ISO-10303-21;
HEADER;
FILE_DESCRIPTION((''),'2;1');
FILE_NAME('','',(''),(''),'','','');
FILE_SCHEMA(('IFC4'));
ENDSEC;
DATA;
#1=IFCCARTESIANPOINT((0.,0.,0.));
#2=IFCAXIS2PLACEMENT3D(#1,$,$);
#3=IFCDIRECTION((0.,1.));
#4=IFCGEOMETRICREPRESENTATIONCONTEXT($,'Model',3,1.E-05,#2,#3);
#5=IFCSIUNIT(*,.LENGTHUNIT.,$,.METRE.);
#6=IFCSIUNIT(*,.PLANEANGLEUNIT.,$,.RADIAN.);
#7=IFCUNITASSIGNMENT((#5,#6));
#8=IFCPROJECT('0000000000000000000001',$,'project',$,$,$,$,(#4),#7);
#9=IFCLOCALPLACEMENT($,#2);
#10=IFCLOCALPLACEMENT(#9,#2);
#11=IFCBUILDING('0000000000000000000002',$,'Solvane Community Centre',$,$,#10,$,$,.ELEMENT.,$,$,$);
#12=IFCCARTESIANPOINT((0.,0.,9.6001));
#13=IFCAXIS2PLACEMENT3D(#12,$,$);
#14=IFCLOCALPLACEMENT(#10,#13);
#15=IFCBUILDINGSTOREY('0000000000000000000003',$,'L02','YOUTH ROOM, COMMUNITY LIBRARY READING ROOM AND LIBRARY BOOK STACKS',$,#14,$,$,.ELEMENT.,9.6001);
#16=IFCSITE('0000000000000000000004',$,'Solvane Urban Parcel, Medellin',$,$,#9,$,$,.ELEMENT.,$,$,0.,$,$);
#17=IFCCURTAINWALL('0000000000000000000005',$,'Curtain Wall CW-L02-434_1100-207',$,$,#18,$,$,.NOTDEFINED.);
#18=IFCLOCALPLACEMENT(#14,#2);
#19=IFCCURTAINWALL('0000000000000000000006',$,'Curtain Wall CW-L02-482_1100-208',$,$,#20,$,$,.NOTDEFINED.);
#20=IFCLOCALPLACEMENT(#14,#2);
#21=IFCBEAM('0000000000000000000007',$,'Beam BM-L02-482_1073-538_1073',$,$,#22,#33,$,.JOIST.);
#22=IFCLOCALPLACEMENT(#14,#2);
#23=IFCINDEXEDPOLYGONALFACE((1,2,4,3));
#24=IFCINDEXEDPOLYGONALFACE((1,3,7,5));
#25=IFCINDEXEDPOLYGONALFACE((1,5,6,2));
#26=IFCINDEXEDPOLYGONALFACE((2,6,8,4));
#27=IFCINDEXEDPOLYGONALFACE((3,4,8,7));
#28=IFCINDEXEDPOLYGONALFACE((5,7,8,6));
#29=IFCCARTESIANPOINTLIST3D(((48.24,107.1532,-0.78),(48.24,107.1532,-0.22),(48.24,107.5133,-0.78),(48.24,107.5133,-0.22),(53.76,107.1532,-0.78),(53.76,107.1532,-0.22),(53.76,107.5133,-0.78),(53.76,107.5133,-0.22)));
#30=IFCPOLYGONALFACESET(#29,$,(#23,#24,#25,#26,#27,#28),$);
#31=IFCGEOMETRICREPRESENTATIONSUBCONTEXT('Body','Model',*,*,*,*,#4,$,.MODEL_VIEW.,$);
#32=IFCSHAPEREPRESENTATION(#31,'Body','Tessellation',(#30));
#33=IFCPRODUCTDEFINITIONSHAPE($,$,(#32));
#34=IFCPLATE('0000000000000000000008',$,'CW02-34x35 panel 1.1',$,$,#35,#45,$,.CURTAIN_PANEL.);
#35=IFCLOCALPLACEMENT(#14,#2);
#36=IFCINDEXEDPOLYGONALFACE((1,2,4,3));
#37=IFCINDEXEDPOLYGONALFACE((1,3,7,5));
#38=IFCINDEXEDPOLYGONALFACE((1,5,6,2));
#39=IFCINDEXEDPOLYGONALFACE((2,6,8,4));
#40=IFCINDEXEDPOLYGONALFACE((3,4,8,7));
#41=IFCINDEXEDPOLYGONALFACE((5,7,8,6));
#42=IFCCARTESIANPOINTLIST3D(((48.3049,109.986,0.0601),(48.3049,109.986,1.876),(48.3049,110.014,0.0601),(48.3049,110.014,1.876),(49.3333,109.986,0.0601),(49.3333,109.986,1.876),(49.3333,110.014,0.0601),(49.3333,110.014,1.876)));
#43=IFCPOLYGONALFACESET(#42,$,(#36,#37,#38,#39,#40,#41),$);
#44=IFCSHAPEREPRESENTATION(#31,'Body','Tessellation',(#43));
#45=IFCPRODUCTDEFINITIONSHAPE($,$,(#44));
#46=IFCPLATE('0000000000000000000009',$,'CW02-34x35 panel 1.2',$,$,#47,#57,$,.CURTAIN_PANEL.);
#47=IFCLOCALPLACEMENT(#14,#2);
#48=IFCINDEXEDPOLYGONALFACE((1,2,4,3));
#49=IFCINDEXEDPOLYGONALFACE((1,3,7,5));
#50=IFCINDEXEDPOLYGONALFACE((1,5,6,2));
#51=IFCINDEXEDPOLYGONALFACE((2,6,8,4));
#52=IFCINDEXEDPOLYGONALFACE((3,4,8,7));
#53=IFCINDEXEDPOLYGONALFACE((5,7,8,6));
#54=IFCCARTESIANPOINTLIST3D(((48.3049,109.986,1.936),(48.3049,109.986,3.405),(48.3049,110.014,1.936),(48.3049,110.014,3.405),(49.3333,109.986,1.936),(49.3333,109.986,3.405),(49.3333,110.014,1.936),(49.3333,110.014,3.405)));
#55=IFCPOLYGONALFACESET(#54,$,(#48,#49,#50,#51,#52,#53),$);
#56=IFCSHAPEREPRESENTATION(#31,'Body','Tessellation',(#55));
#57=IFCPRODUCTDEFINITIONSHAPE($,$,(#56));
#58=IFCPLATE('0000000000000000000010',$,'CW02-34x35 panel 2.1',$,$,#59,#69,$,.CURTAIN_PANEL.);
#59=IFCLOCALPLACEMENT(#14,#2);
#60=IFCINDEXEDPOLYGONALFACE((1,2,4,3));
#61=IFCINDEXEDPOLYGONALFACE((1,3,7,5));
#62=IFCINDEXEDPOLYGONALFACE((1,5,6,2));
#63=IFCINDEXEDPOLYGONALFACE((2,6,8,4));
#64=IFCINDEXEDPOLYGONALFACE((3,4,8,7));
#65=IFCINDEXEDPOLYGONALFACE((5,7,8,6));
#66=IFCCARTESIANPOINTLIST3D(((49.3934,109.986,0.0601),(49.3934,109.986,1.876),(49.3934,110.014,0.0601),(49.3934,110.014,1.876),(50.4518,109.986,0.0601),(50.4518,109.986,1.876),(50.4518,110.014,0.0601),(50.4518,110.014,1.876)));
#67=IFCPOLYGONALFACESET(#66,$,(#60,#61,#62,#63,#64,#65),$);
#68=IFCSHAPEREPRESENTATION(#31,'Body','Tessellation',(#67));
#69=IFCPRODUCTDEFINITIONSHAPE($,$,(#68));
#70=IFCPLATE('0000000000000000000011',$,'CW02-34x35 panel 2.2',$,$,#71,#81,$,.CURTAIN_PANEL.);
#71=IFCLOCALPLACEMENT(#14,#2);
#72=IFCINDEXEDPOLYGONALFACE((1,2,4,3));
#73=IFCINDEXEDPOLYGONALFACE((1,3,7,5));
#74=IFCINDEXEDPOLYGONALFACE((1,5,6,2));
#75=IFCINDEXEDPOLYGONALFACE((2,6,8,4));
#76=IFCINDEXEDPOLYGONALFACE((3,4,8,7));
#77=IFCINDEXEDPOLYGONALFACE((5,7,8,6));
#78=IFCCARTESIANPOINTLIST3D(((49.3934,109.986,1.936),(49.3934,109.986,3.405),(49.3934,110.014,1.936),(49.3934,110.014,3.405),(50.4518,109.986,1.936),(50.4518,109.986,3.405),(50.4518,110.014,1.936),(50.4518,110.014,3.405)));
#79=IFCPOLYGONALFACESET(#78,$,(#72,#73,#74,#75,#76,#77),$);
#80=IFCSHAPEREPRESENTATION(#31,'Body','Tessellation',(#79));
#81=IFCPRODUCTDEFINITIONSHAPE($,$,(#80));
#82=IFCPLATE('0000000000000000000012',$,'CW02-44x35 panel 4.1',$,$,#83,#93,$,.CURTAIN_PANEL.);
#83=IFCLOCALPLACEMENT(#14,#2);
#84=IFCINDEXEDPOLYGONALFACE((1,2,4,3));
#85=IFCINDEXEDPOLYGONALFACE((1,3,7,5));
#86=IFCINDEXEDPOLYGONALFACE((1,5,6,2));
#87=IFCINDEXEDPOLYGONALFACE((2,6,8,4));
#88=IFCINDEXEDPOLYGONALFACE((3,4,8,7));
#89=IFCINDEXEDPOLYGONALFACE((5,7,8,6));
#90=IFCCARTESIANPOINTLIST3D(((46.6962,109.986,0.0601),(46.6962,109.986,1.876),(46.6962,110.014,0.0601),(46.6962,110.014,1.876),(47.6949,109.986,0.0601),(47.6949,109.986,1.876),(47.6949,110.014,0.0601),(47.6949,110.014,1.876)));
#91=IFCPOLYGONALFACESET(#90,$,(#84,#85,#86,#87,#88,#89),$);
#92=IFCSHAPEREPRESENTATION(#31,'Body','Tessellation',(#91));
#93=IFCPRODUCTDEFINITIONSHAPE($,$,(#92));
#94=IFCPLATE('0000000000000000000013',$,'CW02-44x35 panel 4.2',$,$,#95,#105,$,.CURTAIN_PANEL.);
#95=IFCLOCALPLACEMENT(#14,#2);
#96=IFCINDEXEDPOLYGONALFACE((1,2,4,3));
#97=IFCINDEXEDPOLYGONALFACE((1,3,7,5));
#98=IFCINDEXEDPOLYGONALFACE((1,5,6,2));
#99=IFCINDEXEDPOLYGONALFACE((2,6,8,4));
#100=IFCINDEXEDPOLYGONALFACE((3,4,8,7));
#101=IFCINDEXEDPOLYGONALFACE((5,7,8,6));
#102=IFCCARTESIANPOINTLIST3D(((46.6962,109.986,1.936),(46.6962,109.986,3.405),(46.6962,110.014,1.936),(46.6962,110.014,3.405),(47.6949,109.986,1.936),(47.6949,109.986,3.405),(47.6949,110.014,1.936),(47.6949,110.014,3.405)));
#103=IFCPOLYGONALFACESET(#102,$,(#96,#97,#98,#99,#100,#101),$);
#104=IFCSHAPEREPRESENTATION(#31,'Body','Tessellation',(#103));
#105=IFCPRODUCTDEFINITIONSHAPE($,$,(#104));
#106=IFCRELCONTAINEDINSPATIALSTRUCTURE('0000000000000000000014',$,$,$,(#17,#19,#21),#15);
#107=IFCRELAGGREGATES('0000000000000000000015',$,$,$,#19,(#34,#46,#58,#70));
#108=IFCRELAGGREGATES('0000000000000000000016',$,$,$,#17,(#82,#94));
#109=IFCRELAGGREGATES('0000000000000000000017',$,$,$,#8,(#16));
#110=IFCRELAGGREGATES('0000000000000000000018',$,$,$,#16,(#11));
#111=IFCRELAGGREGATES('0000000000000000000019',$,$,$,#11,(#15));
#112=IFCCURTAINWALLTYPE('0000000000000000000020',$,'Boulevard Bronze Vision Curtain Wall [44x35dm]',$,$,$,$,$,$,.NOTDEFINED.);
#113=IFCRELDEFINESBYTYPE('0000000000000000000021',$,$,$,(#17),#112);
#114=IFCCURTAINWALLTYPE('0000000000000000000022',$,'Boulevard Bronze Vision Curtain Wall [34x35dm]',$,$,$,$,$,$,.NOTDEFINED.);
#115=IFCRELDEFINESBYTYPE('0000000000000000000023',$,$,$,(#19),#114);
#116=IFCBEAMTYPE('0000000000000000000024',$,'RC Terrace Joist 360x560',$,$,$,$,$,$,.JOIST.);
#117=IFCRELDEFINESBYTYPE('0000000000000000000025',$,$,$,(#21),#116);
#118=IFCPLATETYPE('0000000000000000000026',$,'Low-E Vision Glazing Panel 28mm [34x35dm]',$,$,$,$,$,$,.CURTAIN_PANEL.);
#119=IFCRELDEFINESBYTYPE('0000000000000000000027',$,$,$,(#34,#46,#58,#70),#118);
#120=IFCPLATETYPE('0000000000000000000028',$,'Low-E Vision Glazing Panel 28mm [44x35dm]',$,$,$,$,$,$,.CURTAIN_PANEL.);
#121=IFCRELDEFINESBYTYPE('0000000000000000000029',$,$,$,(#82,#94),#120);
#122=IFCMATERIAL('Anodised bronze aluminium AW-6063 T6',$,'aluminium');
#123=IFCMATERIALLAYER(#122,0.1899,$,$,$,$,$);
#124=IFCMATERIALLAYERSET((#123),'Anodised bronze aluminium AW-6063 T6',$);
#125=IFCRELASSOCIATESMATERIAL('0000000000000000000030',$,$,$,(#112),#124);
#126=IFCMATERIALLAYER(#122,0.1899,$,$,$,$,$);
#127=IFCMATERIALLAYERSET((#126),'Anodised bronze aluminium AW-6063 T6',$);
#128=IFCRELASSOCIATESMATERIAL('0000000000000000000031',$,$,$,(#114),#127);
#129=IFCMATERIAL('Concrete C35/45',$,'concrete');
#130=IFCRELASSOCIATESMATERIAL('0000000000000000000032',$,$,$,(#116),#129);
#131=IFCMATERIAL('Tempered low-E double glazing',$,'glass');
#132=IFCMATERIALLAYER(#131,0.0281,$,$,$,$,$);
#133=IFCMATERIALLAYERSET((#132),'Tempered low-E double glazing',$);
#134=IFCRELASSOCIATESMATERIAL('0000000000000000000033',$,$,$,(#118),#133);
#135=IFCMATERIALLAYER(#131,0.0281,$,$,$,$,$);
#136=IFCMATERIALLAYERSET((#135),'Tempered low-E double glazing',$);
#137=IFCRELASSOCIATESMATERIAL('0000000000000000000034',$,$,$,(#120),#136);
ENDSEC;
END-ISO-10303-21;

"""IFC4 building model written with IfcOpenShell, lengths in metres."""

from ifc_helpers import new_model, si_unit, direction, frame, origin, origin_2d, place, context, subcontext, project, spatial, rectangle, extrude, material, layer, layer_set, material_profile, profile_set, type_object, element, aggregate, save


model = new_model("IFC4")

# Units and contexts
model_context = context("Model", 3, precision=1e-05, world=origin(), true_north=direction((0.0, 1.0)))
body_context = subcontext(model_context, "Body", "Model", "MODEL_VIEW")
ifc_project = project(units=[si_unit("LENGTHUNIT", "METRE"), si_unit("PLANEANGLEUNIT", "RADIAN")], contexts=[model_context])

# Site, building, storey
site_placement = place(None, origin())
site = spatial("IfcSite", under=ifc_project, at=site_placement, Name="Solvane Urban Parcel, Medellin", CompositionType="ELEMENT", RefElevation=0.0)
building_placement = place(site_placement, origin())
building = spatial("IfcBuilding", under=site, at=building_placement, Name="Solvane Community Centre", CompositionType="ELEMENT")
storey_placement = place(building_placement, frame((0.0, 0.0, 9.6001)))
storey = spatial("IfcBuildingStorey", under=building, at=storey_placement, Name="L02", Description="YOUTH ROOM, COMMUNITY LIBRARY READING ROOM AND LIBRARY BOOK STACKS", CompositionType="ELEMENT", Elevation=9.6001)

# Curtain wall
ifc_material_1 = material(Name="Anodised bronze aluminium AW-6063 T6", Category="aluminium")
ifc_layer_1 = layer(ifc_material_1, 0.1899)
ifc_layer_set_1 = layer_set([ifc_layer_1], Name="Anodised bronze aluminium AW-6063 T6")
curtain_wall_type_1 = type_object("IfcCurtainWallType", Name="Boulevard Bronze Vision Curtain Wall [44x35dm]", PredefinedType="NOTDEFINED", material=ifc_layer_set_1)
curtain_wall_1_placement = place(storey_placement, origin())
curtain_wall_1 = element("IfcCurtainWall", 1, at=curtain_wall_1_placement, inside=storey, type_object=curtain_wall_type_1, Name="Curtain Wall CW-L02-434_1100-207", PredefinedType="NOTDEFINED")

# Curtain wall
ifc_layer_2 = layer(ifc_material_1, 0.1899)
ifc_layer_set_2 = layer_set([ifc_layer_2], Name="Anodised bronze aluminium AW-6063 T6")
curtain_wall_type_2 = type_object("IfcCurtainWallType", Name="Boulevard Bronze Vision Curtain Wall [34x35dm]", PredefinedType="NOTDEFINED", material=ifc_layer_set_2)
curtain_wall_2_placement = place(storey_placement, origin())
curtain_wall_2 = element("IfcCurtainWall", 2, at=curtain_wall_2_placement, inside=storey, type_object=curtain_wall_type_2, Name="Curtain Wall CW-L02-482_1100-208", PredefinedType="NOTDEFINED")

# Beam
ifc_material_2 = material(Name="Concrete C35/45", Category="concrete")
ifc_material_profile_1 = material_profile(ifc_material_2, rectangle(XDim=0.3601, YDim=0.5601, at=origin_2d()), Name="RC 360x560")
ifc_profile_set_1 = profile_set([ifc_material_profile_1], Name="Concrete C35/45")
beam_type_1 = type_object("IfcBeamType", Name="RC Terrace Joist 360x560", PredefinedType="JOIST", material=ifc_profile_set_1)
for number, where, z_axis, x_axis, name in (
    (3, (48.24, 107.3333, -0.5), (1.0, 0.0, 0.0), (0.0, 1.0, 0.0), "Beam BM-L02-482_1073-538_1073"),
):
    element("IfcBeam", number, at=place(storey_placement, frame(where, z_axis=z_axis, x_axis=x_axis)), inside=storey, type_object=beam_type_1, Name=name, PredefinedType="JOIST", context=body_context, shape_type="SweptSolid", body=[
        extrude(rectangle(XDim=0.3601, YDim=0.5601, at=origin_2d()), origin(), (0.0, 0.0, 1.0), 5.52),
    ])

# Plates
ifc_material_3 = material(Name="Tempered low-E double glazing", Category="glass")
ifc_layer_3 = layer(ifc_material_3, 0.0281)
ifc_layer_set_3 = layer_set([ifc_layer_3], Name="Tempered low-E double glazing")
plate_type_1 = type_object("IfcPlateType", Name="Low-E Vision Glazing Panel 28mm [34x35dm]", PredefinedType="CURTAIN_PANEL", material=ifc_layer_set_3)
plate_1_placement = place(storey_placement, frame((48.8191, 110.0, 0.0601), z_axis=(0.0, 0.0, 1.0), x_axis=(1.0, 0.0, 0.0)))
plate_1 = element("IfcPlate", 4, at=plate_1_placement, type_object=plate_type_1, Name="CW02-34x35 panel 1.1", PredefinedType="CURTAIN_PANEL", context=body_context, shape_type="SweptSolid", body=[
    extrude(rectangle(XDim=1.0283, YDim=0.0281, at=origin_2d()), origin(), (0.0, 0.0, 1.0), 1.8159),
])
plate_2_placement = place(storey_placement, frame((48.8191, 110.0, 1.936), z_axis=(0.0, 0.0, 1.0), x_axis=(1.0, 0.0, 0.0)))
plate_2 = element("IfcPlate", 5, at=plate_2_placement, type_object=plate_type_1, Name="CW02-34x35 panel 1.2", PredefinedType="CURTAIN_PANEL", context=body_context, shape_type="SweptSolid", body=[
    extrude(rectangle(XDim=1.0283, YDim=0.0281, at=origin_2d()), origin(), (0.0, 0.0, 1.0), 1.469),
])
plate_3_placement = place(storey_placement, frame((49.9226, 110.0, 0.0601), z_axis=(0.0, 0.0, 1.0), x_axis=(1.0, 0.0, 0.0)))
plate_3 = element("IfcPlate", 6, at=plate_3_placement, type_object=plate_type_1, Name="CW02-34x35 panel 2.1", PredefinedType="CURTAIN_PANEL", context=body_context, shape_type="SweptSolid", body=[
    extrude(rectangle(XDim=1.0583, YDim=0.0281, at=origin_2d()), origin(), (0.0, 0.0, 1.0), 1.8159),
])
plate_4_placement = place(storey_placement, frame((49.9226, 110.0, 1.936), z_axis=(0.0, 0.0, 1.0), x_axis=(1.0, 0.0, 0.0)))
plate_4 = element("IfcPlate", 7, at=plate_4_placement, type_object=plate_type_1, Name="CW02-34x35 panel 2.2", PredefinedType="CURTAIN_PANEL", context=body_context, shape_type="SweptSolid", body=[
    extrude(rectangle(XDim=1.0583, YDim=0.0281, at=origin_2d()), origin(), (0.0, 0.0, 1.0), 1.469),
])
aggregate(curtain_wall_2, [plate_1, plate_2, plate_3, plate_4])
ifc_layer_4 = layer(ifc_material_3, 0.0281)
ifc_layer_set_4 = layer_set([ifc_layer_4], Name="Tempered low-E double glazing")
plate_type_2 = type_object("IfcPlateType", Name="Low-E Vision Glazing Panel 28mm [44x35dm]", PredefinedType="CURTAIN_PANEL", material=ifc_layer_set_4)
plate_5_placement = place(storey_placement, frame((47.1956, 110.0, 0.0601), z_axis=(0.0, 0.0, 1.0), x_axis=(1.0, 0.0, 0.0)))
plate_5 = element("IfcPlate", 8, at=plate_5_placement, type_object=plate_type_2, Name="CW02-44x35 panel 4.1", PredefinedType="CURTAIN_PANEL", context=body_context, shape_type="SweptSolid", body=[
    extrude(rectangle(XDim=0.9988, YDim=0.0281, at=origin_2d()), origin(), (0.0, 0.0, 1.0), 1.8159),
])
plate_6_placement = place(storey_placement, frame((47.1956, 110.0, 1.936), z_axis=(0.0, 0.0, 1.0), x_axis=(1.0, 0.0, 0.0)))
plate_6 = element("IfcPlate", 9, at=plate_6_placement, type_object=plate_type_2, Name="CW02-44x35 panel 4.2", PredefinedType="CURTAIN_PANEL", context=body_context, shape_type="SweptSolid", body=[
    extrude(rectangle(XDim=0.9988, YDim=0.0281, at=origin_2d()), origin(), (0.0, 0.0, 1.0), 1.469),
])
aggregate(curtain_wall_1, [plate_5, plate_6])

save(model, "model.ifc")
